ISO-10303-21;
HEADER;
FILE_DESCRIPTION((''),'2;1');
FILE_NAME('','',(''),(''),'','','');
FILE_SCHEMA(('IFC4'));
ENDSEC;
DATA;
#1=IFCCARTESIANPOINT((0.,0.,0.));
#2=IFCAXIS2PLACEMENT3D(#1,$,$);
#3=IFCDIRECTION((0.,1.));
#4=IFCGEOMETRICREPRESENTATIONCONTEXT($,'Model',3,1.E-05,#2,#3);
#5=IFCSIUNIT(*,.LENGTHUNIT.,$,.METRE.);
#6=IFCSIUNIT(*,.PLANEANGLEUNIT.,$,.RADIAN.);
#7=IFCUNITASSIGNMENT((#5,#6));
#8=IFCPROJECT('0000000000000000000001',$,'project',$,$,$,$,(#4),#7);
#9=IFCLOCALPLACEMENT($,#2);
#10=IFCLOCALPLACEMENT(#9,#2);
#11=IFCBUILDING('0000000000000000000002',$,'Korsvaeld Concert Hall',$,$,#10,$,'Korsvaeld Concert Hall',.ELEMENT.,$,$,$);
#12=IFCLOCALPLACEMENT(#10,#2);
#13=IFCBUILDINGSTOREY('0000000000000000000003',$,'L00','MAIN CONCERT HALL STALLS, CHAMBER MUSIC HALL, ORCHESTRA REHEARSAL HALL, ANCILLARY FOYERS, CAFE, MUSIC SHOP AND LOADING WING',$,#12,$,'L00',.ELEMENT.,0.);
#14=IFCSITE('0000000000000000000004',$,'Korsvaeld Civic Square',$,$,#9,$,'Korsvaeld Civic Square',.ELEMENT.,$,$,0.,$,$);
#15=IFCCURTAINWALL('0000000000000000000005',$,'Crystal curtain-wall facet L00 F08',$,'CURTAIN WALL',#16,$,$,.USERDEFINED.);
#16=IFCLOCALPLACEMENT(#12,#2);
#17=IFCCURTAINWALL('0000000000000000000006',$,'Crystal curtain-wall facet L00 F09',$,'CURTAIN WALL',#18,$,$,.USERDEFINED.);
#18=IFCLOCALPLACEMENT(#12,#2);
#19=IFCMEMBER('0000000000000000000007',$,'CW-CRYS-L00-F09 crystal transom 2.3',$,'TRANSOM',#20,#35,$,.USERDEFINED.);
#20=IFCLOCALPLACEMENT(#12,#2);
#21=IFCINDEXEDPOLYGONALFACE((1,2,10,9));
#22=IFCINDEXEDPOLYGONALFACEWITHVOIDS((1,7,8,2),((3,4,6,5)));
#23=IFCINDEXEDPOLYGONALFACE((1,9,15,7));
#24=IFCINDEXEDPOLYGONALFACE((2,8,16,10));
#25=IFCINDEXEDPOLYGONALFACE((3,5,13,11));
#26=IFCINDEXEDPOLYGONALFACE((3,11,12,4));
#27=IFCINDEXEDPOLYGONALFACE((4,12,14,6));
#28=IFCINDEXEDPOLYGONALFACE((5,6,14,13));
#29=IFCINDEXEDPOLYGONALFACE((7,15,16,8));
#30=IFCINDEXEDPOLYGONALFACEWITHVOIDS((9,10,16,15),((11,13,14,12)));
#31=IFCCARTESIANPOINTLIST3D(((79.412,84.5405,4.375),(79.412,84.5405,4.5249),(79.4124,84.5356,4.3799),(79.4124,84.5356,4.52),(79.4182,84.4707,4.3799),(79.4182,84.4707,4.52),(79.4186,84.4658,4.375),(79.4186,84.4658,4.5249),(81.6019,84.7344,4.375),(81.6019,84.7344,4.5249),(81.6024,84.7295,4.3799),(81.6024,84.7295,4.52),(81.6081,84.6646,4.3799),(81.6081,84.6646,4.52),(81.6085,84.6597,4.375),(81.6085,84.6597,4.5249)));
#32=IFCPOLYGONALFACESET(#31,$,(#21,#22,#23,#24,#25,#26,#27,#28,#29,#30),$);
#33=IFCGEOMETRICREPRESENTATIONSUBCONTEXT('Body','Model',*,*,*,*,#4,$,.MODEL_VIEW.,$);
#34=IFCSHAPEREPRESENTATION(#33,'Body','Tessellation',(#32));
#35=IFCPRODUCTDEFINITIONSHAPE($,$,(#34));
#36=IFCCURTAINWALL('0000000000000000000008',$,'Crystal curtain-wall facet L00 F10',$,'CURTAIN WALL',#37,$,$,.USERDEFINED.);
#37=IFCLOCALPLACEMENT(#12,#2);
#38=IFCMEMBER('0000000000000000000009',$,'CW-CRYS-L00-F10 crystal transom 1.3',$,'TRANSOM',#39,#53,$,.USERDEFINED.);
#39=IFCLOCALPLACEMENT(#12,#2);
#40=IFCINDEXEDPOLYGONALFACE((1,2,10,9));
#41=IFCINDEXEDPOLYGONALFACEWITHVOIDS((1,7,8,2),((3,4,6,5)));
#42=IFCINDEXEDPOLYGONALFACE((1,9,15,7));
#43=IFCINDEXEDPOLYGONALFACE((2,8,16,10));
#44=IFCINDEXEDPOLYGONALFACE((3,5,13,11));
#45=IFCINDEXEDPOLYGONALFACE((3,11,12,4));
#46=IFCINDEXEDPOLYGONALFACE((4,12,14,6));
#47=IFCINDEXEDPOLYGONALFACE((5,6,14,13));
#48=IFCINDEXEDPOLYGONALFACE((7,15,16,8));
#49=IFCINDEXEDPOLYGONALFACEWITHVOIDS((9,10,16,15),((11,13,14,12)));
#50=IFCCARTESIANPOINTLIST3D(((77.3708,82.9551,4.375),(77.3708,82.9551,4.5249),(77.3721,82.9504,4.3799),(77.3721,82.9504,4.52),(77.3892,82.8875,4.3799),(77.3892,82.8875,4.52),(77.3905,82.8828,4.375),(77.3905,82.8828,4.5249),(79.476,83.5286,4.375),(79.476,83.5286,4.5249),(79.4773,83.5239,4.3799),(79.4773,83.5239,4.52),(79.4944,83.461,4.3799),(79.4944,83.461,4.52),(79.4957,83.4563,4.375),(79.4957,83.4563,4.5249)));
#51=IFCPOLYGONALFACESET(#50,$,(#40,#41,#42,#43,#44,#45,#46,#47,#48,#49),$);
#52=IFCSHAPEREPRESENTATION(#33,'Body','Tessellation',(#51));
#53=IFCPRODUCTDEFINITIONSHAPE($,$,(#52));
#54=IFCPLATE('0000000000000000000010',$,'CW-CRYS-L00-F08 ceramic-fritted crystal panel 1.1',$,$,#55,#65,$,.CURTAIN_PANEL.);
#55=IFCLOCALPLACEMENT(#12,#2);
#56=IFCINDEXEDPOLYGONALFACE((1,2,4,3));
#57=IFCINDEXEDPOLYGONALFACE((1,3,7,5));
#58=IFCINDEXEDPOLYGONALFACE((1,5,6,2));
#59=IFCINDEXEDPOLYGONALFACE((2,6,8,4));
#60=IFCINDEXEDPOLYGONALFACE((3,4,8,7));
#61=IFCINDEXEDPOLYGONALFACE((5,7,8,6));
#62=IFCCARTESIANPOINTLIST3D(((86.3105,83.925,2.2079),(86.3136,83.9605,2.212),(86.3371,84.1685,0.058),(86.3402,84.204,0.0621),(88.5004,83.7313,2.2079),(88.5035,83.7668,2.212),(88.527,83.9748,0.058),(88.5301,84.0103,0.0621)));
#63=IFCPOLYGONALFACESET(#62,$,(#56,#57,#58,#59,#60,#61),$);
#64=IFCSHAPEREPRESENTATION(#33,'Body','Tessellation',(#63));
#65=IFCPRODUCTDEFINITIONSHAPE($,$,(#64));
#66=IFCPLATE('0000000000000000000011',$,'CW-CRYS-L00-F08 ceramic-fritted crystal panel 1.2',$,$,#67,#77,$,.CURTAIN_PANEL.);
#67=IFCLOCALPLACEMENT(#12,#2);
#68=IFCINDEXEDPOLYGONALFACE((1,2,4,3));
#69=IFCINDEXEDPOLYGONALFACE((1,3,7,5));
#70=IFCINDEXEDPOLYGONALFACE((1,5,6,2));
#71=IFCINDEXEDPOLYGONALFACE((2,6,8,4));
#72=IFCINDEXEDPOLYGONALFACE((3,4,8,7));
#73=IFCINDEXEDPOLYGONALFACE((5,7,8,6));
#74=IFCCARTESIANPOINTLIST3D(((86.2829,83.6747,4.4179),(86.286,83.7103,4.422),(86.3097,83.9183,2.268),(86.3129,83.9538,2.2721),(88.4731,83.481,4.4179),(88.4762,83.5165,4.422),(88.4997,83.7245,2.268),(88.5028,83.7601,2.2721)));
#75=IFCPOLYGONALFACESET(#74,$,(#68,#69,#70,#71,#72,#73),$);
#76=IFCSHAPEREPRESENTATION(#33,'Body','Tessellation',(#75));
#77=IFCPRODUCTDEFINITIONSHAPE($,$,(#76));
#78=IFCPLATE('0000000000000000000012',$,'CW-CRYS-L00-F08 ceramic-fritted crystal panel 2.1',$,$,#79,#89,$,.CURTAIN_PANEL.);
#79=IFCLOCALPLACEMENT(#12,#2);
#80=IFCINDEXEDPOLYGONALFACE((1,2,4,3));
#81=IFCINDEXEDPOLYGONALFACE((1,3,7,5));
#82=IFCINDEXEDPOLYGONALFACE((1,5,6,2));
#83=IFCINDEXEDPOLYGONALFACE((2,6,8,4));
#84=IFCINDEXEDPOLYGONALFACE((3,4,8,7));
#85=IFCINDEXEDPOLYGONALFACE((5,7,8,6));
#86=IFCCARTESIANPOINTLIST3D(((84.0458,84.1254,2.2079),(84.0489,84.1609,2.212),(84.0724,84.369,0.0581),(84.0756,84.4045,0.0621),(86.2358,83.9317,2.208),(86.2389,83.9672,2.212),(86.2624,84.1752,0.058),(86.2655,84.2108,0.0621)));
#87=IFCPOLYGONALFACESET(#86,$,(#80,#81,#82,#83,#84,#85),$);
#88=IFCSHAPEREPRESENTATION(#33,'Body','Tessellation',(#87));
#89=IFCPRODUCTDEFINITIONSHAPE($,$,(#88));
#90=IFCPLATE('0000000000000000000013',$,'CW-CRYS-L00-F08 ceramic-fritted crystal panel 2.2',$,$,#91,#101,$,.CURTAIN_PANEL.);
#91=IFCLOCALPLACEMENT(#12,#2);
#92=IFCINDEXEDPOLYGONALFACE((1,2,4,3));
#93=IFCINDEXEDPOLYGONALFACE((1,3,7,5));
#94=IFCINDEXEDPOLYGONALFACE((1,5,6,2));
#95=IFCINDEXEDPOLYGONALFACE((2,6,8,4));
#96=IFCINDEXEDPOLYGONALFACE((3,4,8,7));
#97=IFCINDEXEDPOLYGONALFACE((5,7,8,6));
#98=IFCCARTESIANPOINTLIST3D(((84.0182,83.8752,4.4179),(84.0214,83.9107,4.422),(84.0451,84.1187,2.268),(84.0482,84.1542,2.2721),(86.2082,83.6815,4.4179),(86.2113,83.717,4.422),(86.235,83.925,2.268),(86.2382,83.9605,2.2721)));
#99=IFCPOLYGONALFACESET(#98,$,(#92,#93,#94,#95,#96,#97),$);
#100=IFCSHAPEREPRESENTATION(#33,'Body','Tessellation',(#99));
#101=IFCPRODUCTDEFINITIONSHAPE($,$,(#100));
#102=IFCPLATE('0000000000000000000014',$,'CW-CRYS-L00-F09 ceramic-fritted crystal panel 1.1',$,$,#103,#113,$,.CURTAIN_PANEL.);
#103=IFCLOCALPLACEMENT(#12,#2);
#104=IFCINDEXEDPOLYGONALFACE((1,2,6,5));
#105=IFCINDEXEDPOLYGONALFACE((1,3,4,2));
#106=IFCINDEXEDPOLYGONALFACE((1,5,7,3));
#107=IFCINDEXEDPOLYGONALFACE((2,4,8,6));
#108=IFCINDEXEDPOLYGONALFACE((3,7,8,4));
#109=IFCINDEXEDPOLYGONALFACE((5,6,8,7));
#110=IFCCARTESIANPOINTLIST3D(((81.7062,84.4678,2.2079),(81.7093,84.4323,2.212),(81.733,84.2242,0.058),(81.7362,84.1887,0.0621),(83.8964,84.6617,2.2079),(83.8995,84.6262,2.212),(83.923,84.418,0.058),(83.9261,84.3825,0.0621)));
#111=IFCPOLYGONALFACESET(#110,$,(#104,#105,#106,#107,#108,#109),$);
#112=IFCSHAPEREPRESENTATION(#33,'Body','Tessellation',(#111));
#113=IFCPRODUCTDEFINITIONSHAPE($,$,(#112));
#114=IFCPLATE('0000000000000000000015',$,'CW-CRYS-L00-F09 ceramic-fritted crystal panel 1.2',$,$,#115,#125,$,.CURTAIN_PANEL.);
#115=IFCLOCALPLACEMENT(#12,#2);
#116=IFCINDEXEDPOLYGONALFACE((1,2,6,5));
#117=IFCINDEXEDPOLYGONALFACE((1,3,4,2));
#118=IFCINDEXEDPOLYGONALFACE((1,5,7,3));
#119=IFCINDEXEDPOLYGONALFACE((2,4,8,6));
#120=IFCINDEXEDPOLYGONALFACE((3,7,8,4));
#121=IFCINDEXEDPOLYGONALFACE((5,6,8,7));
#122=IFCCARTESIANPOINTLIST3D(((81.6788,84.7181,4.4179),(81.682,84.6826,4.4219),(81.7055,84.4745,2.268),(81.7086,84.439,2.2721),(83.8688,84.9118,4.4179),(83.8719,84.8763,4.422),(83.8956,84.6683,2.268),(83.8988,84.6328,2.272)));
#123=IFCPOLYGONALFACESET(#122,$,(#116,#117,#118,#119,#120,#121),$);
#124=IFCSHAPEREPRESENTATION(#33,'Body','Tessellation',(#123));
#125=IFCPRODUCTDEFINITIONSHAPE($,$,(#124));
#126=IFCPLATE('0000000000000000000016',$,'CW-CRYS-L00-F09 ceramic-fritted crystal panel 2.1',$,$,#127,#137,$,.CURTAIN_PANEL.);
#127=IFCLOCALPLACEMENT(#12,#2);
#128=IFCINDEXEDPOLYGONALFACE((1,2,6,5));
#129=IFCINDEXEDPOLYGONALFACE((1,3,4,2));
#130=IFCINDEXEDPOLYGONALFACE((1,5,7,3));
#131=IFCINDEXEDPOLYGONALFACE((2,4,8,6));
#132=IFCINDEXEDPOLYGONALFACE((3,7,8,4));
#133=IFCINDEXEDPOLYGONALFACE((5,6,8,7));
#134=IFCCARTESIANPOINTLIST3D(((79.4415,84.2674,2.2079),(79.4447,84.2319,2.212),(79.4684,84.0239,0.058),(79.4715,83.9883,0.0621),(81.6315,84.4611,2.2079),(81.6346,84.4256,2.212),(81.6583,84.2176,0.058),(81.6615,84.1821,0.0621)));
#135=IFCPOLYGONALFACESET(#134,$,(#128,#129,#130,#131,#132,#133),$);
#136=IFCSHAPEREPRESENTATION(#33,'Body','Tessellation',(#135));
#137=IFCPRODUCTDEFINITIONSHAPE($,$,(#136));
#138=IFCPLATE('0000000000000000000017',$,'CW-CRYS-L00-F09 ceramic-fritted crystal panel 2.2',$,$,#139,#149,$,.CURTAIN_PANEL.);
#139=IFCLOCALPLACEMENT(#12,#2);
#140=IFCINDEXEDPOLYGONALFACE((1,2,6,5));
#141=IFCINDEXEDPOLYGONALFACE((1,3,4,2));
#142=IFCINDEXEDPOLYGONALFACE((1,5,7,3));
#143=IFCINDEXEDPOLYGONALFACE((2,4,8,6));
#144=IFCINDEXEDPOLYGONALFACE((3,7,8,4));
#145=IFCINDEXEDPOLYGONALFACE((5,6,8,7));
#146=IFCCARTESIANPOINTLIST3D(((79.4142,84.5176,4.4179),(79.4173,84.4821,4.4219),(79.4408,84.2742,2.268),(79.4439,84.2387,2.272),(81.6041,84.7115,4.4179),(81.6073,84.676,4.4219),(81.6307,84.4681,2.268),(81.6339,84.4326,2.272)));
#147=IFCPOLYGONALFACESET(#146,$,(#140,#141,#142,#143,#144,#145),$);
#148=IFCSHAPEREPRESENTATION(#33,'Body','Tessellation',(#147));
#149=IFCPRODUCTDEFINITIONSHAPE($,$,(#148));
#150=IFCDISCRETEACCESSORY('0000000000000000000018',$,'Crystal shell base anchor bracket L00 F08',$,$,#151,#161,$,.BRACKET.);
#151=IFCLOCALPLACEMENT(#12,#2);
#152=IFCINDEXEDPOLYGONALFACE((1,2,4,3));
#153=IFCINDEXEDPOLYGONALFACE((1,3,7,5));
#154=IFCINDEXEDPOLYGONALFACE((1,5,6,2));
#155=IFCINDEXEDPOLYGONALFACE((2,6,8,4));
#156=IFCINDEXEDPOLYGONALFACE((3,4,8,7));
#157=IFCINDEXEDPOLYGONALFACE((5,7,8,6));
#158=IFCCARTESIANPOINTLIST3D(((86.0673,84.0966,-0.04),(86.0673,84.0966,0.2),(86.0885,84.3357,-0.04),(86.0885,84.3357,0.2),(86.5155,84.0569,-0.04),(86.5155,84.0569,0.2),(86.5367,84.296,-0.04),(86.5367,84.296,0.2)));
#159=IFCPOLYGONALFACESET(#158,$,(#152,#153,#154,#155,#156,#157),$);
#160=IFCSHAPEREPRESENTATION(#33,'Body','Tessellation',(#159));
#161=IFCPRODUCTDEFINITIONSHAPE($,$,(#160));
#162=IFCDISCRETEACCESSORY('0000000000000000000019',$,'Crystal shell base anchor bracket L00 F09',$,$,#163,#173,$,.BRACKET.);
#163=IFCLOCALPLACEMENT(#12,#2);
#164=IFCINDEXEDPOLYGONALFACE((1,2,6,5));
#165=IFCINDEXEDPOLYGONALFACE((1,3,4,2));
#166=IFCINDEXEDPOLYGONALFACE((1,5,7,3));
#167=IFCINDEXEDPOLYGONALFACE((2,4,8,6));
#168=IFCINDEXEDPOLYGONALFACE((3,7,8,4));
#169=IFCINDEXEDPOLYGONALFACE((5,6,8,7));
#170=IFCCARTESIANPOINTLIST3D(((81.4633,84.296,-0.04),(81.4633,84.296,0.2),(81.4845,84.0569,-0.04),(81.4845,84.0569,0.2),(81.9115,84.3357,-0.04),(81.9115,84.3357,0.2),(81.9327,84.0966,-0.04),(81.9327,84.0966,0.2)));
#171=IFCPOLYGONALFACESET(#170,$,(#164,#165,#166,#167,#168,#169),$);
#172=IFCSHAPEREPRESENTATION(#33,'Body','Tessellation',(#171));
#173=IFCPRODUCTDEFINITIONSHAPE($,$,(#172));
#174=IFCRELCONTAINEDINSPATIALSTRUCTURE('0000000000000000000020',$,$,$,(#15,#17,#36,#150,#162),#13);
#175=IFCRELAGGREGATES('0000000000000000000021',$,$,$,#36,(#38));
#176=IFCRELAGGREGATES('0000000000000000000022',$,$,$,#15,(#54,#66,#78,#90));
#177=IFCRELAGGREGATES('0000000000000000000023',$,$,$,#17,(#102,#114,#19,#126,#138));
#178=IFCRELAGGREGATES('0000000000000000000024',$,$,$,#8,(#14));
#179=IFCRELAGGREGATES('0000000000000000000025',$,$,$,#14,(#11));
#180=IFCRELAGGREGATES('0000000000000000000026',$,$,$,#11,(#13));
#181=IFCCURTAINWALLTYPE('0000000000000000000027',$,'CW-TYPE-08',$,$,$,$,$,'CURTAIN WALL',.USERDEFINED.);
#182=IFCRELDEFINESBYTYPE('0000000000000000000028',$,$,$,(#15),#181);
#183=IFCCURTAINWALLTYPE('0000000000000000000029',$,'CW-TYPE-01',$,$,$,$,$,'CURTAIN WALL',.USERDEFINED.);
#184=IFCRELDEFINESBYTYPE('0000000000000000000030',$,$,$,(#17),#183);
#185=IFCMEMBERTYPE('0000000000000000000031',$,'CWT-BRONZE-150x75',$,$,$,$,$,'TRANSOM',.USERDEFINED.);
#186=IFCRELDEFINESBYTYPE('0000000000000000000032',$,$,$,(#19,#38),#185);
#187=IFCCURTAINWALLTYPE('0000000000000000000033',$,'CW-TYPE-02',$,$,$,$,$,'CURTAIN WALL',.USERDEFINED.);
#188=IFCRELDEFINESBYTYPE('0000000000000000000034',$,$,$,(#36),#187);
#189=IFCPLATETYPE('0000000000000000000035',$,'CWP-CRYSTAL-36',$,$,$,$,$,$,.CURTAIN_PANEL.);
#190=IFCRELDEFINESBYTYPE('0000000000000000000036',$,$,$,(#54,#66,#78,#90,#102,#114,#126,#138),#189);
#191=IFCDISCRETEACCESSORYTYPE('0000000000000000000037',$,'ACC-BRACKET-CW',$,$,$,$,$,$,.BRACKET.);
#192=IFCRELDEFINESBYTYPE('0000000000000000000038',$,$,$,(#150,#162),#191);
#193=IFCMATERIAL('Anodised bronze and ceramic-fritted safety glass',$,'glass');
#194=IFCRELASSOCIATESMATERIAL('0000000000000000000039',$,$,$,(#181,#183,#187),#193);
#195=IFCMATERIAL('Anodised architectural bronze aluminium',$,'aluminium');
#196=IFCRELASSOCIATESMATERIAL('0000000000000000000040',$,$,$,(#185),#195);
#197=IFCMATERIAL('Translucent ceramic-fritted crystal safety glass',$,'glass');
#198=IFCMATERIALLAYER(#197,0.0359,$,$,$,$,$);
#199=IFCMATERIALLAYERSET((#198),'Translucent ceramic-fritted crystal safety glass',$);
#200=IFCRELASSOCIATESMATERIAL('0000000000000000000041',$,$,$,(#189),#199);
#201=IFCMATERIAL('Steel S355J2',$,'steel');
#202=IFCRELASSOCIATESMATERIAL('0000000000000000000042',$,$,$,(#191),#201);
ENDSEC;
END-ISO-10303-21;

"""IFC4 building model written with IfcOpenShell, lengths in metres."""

from ifc_helpers import new_model, si_unit, direction, frame, origin, origin_2d, place, context, subcontext, project, spatial, polyline, rectangle, hollow_rectangle, outline, extrude, material, layer, layer_set, material_profile, profile_set, type_object, element, aggregate, save


model = new_model("IFC4")

# Units and contexts
model_context = context("Model", 3, precision=1e-05, world=origin(), true_north=direction((0.0, 1.0)))
body_context = subcontext(model_context, "Body", "Model", "MODEL_VIEW")
ifc_project = project(units=[si_unit("LENGTHUNIT", "METRE"), si_unit("PLANEANGLEUNIT", "RADIAN")], contexts=[model_context])

# Site, building, storey
site_placement = place(None, origin())
site = spatial("IfcSite", under=ifc_project, at=site_placement, Name="Korsvaeld Civic Square", LongName="Korsvaeld Civic Square", CompositionType="ELEMENT", RefElevation=0.0)
building_placement = place(site_placement, origin())
building = spatial("IfcBuilding", under=site, at=building_placement, Name="Korsvaeld Concert Hall", LongName="Korsvaeld Concert Hall", CompositionType="ELEMENT")
storey_placement = place(building_placement, origin())
storey = spatial("IfcBuildingStorey", under=building, at=storey_placement, Name="L00", Description="MAIN CONCERT HALL STALLS, CHAMBER MUSIC HALL, ORCHESTRA REHEARSAL HALL, ANCILLARY FOYERS, CAFE, MUSIC SHOP AND LOADING WING", LongName="L00", CompositionType="ELEMENT", Elevation=0.0)

# Curtain wall
ifc_material_1 = material(Name="Anodised bronze and ceramic-fritted safety glass", Category="glass")
curtain_wall_type_1 = type_object("IfcCurtainWallType", Name="CW-TYPE-08", ElementType="CURTAIN WALL", PredefinedType="USERDEFINED", material=ifc_material_1)
curtain_wall_1_placement = place(storey_placement, origin())
curtain_wall_1 = element("IfcCurtainWall", 1, at=curtain_wall_1_placement, inside=storey, type_object=curtain_wall_type_1, Name="Crystal curtain-wall facet L00 F08", ObjectType="CURTAIN WALL", PredefinedType="USERDEFINED")
ifc_material_2 = material(Name="Anodised architectural bronze aluminium", Category="aluminium")

# Curtain wall
curtain_wall_type_2 = type_object("IfcCurtainWallType", Name="CW-TYPE-01", ElementType="CURTAIN WALL", PredefinedType="USERDEFINED", material=ifc_material_1)
curtain_wall_2_placement = place(storey_placement, origin())
curtain_wall_2 = element("IfcCurtainWall", 2, at=curtain_wall_2_placement, inside=storey, type_object=curtain_wall_type_2, Name="Crystal curtain-wall facet L00 F09", ObjectType="CURTAIN WALL", PredefinedType="USERDEFINED")

# Member
ifc_material_profile_1 = material_profile(ifc_material_2, hollow_rectangle(XDim=0.075, YDim=0.1499, WallThickness=0.0049, at=origin_2d()), Name="CWT 150x75x5")
ifc_profile_set_1 = profile_set([ifc_material_profile_1], Name="Anodised architectural bronze aluminium")
member_type_1 = type_object("IfcMemberType", Name="CWT-BRONZE-150x75", ElementType="TRANSOM", PredefinedType="USERDEFINED", material=ifc_profile_set_1)
member_1_placement = place(storey_placement, frame((81.6052, 84.697, 4.45), z_axis=(-0.996105, -0.088173, 0.0), x_axis=(0.088173, -0.996105, 0.0)))
member_1 = element("IfcMember", 3, at=member_1_placement, type_object=member_type_1, Name="CW-CRYS-L00-F09 crystal transom 2.3", ObjectType="TRANSOM", PredefinedType="USERDEFINED", context=body_context, shape_type="SweptSolid", body=[
    extrude(hollow_rectangle(XDim=0.075, YDim=0.1499, WallThickness=0.0049, at=origin_2d()), origin(), (0.0, 0.0, 1.0), 2.1985),
])

# Curtain wall, member
curtain_wall_type_3 = type_object("IfcCurtainWallType", Name="CW-TYPE-02", ElementType="CURTAIN WALL", PredefinedType="USERDEFINED", material=ifc_material_1)
curtain_wall_3_placement = place(storey_placement, origin())
curtain_wall_3 = element("IfcCurtainWall", 4, at=curtain_wall_3_placement, inside=storey, type_object=curtain_wall_type_3, Name="Crystal curtain-wall facet L00 F10", ObjectType="CURTAIN WALL", PredefinedType="USERDEFINED")
member_2_placement = place(storey_placement, frame((79.4858, 83.4924, 4.45), z_axis=(-0.964841, -0.262833, 0.0), x_axis=(0.262833, -0.964841, 0.0)))
member_2 = element("IfcMember", 5, at=member_2_placement, type_object=member_type_1, Name="CW-CRYS-L00-F10 crystal transom 1.3", ObjectType="TRANSOM", PredefinedType="USERDEFINED", context=body_context, shape_type="SweptSolid", body=[
    extrude(hollow_rectangle(XDim=0.075, YDim=0.1499, WallThickness=0.0049, at=origin_2d()), origin(), (0.0, 0.0, 1.0), 2.1819),
])
aggregate(curtain_wall_3, [member_2])

# Plates
ifc_material_3 = material(Name="Translucent ceramic-fritted crystal safety glass", Category="glass")
ifc_layer = layer(ifc_material_3, 0.0359)
ifc_layer_set = layer_set([ifc_layer], Name="Translucent ceramic-fritted crystal safety glass")
plate_type = type_object("IfcPlateType", Name="CWP-CRYSTAL-36", PredefinedType="CURTAIN_PANEL", material=ifc_layer_set)
plate_1_placement = place(storey_placement, frame((88.5286, 83.9924, 0.0601), z_axis=(0.087551, 0.989708, 0.113193), x_axis=(-0.99611, 0.088118, -0.000006)))
plate_1 = element("IfcPlate", 6, at=plate_1_placement, type_object=plate_type, Name="CW-CRYS-L00-F08 ceramic-fritted crystal panel 1.1", PredefinedType="CURTAIN_PANEL", context=body_context, shape_type="SweptSolid", body=[
    extrude(outline(polyline([(0.0, 0.0), (2.1985, 0.0), (2.2035, 2.1638), (0.005, 2.1638), (0.0, 0.0)])), frame((0.0, 0.0, 0.0181)), (0.0, 0.0, -1.0), 0.0359),
])
plate_2_placement = place(storey_placement, frame((88.5012, 83.7422, 2.27), z_axis=(0.087546, 0.989708, 0.113198), x_axis=(-0.996111, 0.088112, 0.000006)))
plate_2 = element("IfcPlate", 7, at=plate_2_placement, type_object=plate_type, Name="CW-CRYS-L00-F08 ceramic-fritted crystal panel 1.2", PredefinedType="CURTAIN_PANEL", context=body_context, shape_type="SweptSolid", body=[
    extrude(outline(polyline([(0.0, 0.0), (2.1985, 0.0), (2.2038, 2.1638), (0.0051, 2.1638), (0.0, 0.0)])), frame((0.0, 0.0, 0.0181)), (0.0, 0.0, -1.0), 0.0359),
])
plate_3_placement = place(storey_placement, frame((86.2639, 84.1929, 0.0601), z_axis=(0.087551, 0.989708, 0.113193), x_axis=(-0.99611, 0.088117, 0.000006)))
plate_3 = element("IfcPlate", 8, at=plate_3_placement, type_object=plate_type, Name="CW-CRYS-L00-F08 ceramic-fritted crystal panel 2.1", PredefinedType="CURTAIN_PANEL", context=body_context, shape_type="SweptSolid", body=[
    extrude(outline(polyline([(0.0, 0.0), (2.1985, 0.0), (2.2036, 2.1638), (0.0051, 2.1638), (0.0, 0.0)])), frame((0.0, 0.0, 0.0181)), (0.0, 0.0, -1.0), 0.0359),
])
plate_4_placement = place(storey_placement, frame((86.2366, 83.9426, 2.27), z_axis=(0.087551, 0.989707, 0.113203), x_axis=(-0.99611, 0.088117, 0.000006)))
plate_4 = element("IfcPlate", 9, at=plate_4_placement, type_object=plate_type, Name="CW-CRYS-L00-F08 ceramic-fritted crystal panel 2.2", PredefinedType="CURTAIN_PANEL", context=body_context, shape_type="SweptSolid", body=[
    extrude(outline(polyline([(0.0, 0.0), (2.1985, 0.0), (2.2038, 2.1638), (0.0053, 2.1638), (0.0, 0.0)])), frame((0.0, 0.0, 0.0181)), (0.0, 0.0, -1.0), 0.0359),
])
aggregate(curtain_wall_1, [plate_1, plate_2, plate_3, plate_4])
plate_5_placement = place(storey_placement, frame((83.9246, 84.4001, 0.0601), z_axis=(-0.0876, 0.989697, -0.113253), x_axis=(-0.996106, -0.088168, -0.000001)))
plate_5 = element("IfcPlate", 10, at=plate_5_placement, type_object=plate_type, Name="CW-CRYS-L00-F09 ceramic-fritted crystal panel 1.1", PredefinedType="CURTAIN_PANEL", context=body_context, shape_type="SweptSolid", body=[
    extrude(outline(polyline([(0.0, 0.0), (2.1985, 0.0), (2.2038, 2.1638), (0.005, 2.1638), (0.0, 0.0)])), frame((0.0, 0.0, 0.0181)), (0.0, 0.0, -1.0), 0.0359),
])
plate_6_placement = place(storey_placement, frame((83.8972, 84.6504, 2.27), z_axis=(-0.087546, 0.989708, -0.113198), x_axis=(-0.996111, -0.088112, 0.000007)))
plate_6 = element("IfcPlate", 11, at=plate_6_placement, type_object=plate_type, Name="CW-CRYS-L00-F09 ceramic-fritted crystal panel 1.2", PredefinedType="CURTAIN_PANEL", context=body_context, shape_type="SweptSolid", body=[
    extrude(outline(polyline([(0.0, 0.0), (2.1987, 0.0), (2.2038, 2.1638), (0.0053, 2.1638), (0.0, 0.0)])), frame((0.0, 0.0, 0.0181)), (0.0, 0.0, -1.0), 0.0359),
])
plate_7_placement = place(storey_placement, frame((81.6599, 84.1997, 0.0601), z_axis=(-0.087551, 0.989707, -0.113203), x_axis=(-0.99611, -0.088117, 0.000006)))
plate_7 = element("IfcPlate", 12, at=plate_7_placement, type_object=plate_type, Name="CW-CRYS-L00-F09 ceramic-fritted crystal panel 2.1", PredefinedType="CURTAIN_PANEL", context=body_context, shape_type="SweptSolid", body=[
    extrude(outline(polyline([(0.0, 0.0), (2.1985, 0.0), (2.2038, 2.1638), (0.0053, 2.1638), (0.0, 0.0)])), frame((0.0, 0.0, 0.0181)), (0.0, 0.0, -1.0), 0.0359),
])
plate_8_placement = place(storey_placement, frame((81.6323, 84.4502, 2.27), z_axis=(-0.087606, 0.98971, -0.113138), x_axis=(-0.996105, -0.088173, 0.0)))
plate_8 = element("IfcPlate", 13, at=plate_8_placement, type_object=plate_type, Name="CW-CRYS-L00-F09 ceramic-fritted crystal panel 2.2", PredefinedType="CURTAIN_PANEL", context=body_context, shape_type="SweptSolid", body=[
    extrude(outline(polyline([(0.0, 0.0), (2.1985, 0.0), (2.2035, 2.1638), (0.005, 2.1638), (0.0, 0.0)])), frame((0.0, 0.0, 0.0181)), (0.0, 0.0, -1.0), 0.0359),
])
aggregate(curtain_wall_2, [plate_5, plate_6, member_1, plate_7, plate_8])

# Discrete accessories
ifc_material_4 = material(Name="Steel S355J2", Category="steel")
discrete_accessory_type = type_object("IfcDiscreteAccessoryType", Name="ACC-BRACKET-CW", PredefinedType="BRACKET", material=ifc_material_4)
for number, where, z_axis, x_axis, name in (
    (14, (86.302, 84.1963, -0.04), (0.0, 0.0, 1.0), (-0.996103, 0.088199, 0.0), "Crystal shell base anchor bracket L00 F08"),
    (15, (81.698, 84.1963, -0.04), (0.0, 0.0, 1.0), (-0.996103, -0.088199, 0.0), "Crystal shell base anchor bracket L00 F09"),
):
    element("IfcDiscreteAccessory", number, at=place(storey_placement, frame(where, z_axis=z_axis, x_axis=x_axis)), inside=storey, type_object=discrete_accessory_type, Name=name, PredefinedType="BRACKET", context=body_context, shape_type="SweptSolid", body=[
        extrude(rectangle(XDim=0.45, YDim=0.24, at=origin_2d()), origin(), (0.0, 0.0, 1.0), 0.24),
    ])

save(model, "model.ifc")
